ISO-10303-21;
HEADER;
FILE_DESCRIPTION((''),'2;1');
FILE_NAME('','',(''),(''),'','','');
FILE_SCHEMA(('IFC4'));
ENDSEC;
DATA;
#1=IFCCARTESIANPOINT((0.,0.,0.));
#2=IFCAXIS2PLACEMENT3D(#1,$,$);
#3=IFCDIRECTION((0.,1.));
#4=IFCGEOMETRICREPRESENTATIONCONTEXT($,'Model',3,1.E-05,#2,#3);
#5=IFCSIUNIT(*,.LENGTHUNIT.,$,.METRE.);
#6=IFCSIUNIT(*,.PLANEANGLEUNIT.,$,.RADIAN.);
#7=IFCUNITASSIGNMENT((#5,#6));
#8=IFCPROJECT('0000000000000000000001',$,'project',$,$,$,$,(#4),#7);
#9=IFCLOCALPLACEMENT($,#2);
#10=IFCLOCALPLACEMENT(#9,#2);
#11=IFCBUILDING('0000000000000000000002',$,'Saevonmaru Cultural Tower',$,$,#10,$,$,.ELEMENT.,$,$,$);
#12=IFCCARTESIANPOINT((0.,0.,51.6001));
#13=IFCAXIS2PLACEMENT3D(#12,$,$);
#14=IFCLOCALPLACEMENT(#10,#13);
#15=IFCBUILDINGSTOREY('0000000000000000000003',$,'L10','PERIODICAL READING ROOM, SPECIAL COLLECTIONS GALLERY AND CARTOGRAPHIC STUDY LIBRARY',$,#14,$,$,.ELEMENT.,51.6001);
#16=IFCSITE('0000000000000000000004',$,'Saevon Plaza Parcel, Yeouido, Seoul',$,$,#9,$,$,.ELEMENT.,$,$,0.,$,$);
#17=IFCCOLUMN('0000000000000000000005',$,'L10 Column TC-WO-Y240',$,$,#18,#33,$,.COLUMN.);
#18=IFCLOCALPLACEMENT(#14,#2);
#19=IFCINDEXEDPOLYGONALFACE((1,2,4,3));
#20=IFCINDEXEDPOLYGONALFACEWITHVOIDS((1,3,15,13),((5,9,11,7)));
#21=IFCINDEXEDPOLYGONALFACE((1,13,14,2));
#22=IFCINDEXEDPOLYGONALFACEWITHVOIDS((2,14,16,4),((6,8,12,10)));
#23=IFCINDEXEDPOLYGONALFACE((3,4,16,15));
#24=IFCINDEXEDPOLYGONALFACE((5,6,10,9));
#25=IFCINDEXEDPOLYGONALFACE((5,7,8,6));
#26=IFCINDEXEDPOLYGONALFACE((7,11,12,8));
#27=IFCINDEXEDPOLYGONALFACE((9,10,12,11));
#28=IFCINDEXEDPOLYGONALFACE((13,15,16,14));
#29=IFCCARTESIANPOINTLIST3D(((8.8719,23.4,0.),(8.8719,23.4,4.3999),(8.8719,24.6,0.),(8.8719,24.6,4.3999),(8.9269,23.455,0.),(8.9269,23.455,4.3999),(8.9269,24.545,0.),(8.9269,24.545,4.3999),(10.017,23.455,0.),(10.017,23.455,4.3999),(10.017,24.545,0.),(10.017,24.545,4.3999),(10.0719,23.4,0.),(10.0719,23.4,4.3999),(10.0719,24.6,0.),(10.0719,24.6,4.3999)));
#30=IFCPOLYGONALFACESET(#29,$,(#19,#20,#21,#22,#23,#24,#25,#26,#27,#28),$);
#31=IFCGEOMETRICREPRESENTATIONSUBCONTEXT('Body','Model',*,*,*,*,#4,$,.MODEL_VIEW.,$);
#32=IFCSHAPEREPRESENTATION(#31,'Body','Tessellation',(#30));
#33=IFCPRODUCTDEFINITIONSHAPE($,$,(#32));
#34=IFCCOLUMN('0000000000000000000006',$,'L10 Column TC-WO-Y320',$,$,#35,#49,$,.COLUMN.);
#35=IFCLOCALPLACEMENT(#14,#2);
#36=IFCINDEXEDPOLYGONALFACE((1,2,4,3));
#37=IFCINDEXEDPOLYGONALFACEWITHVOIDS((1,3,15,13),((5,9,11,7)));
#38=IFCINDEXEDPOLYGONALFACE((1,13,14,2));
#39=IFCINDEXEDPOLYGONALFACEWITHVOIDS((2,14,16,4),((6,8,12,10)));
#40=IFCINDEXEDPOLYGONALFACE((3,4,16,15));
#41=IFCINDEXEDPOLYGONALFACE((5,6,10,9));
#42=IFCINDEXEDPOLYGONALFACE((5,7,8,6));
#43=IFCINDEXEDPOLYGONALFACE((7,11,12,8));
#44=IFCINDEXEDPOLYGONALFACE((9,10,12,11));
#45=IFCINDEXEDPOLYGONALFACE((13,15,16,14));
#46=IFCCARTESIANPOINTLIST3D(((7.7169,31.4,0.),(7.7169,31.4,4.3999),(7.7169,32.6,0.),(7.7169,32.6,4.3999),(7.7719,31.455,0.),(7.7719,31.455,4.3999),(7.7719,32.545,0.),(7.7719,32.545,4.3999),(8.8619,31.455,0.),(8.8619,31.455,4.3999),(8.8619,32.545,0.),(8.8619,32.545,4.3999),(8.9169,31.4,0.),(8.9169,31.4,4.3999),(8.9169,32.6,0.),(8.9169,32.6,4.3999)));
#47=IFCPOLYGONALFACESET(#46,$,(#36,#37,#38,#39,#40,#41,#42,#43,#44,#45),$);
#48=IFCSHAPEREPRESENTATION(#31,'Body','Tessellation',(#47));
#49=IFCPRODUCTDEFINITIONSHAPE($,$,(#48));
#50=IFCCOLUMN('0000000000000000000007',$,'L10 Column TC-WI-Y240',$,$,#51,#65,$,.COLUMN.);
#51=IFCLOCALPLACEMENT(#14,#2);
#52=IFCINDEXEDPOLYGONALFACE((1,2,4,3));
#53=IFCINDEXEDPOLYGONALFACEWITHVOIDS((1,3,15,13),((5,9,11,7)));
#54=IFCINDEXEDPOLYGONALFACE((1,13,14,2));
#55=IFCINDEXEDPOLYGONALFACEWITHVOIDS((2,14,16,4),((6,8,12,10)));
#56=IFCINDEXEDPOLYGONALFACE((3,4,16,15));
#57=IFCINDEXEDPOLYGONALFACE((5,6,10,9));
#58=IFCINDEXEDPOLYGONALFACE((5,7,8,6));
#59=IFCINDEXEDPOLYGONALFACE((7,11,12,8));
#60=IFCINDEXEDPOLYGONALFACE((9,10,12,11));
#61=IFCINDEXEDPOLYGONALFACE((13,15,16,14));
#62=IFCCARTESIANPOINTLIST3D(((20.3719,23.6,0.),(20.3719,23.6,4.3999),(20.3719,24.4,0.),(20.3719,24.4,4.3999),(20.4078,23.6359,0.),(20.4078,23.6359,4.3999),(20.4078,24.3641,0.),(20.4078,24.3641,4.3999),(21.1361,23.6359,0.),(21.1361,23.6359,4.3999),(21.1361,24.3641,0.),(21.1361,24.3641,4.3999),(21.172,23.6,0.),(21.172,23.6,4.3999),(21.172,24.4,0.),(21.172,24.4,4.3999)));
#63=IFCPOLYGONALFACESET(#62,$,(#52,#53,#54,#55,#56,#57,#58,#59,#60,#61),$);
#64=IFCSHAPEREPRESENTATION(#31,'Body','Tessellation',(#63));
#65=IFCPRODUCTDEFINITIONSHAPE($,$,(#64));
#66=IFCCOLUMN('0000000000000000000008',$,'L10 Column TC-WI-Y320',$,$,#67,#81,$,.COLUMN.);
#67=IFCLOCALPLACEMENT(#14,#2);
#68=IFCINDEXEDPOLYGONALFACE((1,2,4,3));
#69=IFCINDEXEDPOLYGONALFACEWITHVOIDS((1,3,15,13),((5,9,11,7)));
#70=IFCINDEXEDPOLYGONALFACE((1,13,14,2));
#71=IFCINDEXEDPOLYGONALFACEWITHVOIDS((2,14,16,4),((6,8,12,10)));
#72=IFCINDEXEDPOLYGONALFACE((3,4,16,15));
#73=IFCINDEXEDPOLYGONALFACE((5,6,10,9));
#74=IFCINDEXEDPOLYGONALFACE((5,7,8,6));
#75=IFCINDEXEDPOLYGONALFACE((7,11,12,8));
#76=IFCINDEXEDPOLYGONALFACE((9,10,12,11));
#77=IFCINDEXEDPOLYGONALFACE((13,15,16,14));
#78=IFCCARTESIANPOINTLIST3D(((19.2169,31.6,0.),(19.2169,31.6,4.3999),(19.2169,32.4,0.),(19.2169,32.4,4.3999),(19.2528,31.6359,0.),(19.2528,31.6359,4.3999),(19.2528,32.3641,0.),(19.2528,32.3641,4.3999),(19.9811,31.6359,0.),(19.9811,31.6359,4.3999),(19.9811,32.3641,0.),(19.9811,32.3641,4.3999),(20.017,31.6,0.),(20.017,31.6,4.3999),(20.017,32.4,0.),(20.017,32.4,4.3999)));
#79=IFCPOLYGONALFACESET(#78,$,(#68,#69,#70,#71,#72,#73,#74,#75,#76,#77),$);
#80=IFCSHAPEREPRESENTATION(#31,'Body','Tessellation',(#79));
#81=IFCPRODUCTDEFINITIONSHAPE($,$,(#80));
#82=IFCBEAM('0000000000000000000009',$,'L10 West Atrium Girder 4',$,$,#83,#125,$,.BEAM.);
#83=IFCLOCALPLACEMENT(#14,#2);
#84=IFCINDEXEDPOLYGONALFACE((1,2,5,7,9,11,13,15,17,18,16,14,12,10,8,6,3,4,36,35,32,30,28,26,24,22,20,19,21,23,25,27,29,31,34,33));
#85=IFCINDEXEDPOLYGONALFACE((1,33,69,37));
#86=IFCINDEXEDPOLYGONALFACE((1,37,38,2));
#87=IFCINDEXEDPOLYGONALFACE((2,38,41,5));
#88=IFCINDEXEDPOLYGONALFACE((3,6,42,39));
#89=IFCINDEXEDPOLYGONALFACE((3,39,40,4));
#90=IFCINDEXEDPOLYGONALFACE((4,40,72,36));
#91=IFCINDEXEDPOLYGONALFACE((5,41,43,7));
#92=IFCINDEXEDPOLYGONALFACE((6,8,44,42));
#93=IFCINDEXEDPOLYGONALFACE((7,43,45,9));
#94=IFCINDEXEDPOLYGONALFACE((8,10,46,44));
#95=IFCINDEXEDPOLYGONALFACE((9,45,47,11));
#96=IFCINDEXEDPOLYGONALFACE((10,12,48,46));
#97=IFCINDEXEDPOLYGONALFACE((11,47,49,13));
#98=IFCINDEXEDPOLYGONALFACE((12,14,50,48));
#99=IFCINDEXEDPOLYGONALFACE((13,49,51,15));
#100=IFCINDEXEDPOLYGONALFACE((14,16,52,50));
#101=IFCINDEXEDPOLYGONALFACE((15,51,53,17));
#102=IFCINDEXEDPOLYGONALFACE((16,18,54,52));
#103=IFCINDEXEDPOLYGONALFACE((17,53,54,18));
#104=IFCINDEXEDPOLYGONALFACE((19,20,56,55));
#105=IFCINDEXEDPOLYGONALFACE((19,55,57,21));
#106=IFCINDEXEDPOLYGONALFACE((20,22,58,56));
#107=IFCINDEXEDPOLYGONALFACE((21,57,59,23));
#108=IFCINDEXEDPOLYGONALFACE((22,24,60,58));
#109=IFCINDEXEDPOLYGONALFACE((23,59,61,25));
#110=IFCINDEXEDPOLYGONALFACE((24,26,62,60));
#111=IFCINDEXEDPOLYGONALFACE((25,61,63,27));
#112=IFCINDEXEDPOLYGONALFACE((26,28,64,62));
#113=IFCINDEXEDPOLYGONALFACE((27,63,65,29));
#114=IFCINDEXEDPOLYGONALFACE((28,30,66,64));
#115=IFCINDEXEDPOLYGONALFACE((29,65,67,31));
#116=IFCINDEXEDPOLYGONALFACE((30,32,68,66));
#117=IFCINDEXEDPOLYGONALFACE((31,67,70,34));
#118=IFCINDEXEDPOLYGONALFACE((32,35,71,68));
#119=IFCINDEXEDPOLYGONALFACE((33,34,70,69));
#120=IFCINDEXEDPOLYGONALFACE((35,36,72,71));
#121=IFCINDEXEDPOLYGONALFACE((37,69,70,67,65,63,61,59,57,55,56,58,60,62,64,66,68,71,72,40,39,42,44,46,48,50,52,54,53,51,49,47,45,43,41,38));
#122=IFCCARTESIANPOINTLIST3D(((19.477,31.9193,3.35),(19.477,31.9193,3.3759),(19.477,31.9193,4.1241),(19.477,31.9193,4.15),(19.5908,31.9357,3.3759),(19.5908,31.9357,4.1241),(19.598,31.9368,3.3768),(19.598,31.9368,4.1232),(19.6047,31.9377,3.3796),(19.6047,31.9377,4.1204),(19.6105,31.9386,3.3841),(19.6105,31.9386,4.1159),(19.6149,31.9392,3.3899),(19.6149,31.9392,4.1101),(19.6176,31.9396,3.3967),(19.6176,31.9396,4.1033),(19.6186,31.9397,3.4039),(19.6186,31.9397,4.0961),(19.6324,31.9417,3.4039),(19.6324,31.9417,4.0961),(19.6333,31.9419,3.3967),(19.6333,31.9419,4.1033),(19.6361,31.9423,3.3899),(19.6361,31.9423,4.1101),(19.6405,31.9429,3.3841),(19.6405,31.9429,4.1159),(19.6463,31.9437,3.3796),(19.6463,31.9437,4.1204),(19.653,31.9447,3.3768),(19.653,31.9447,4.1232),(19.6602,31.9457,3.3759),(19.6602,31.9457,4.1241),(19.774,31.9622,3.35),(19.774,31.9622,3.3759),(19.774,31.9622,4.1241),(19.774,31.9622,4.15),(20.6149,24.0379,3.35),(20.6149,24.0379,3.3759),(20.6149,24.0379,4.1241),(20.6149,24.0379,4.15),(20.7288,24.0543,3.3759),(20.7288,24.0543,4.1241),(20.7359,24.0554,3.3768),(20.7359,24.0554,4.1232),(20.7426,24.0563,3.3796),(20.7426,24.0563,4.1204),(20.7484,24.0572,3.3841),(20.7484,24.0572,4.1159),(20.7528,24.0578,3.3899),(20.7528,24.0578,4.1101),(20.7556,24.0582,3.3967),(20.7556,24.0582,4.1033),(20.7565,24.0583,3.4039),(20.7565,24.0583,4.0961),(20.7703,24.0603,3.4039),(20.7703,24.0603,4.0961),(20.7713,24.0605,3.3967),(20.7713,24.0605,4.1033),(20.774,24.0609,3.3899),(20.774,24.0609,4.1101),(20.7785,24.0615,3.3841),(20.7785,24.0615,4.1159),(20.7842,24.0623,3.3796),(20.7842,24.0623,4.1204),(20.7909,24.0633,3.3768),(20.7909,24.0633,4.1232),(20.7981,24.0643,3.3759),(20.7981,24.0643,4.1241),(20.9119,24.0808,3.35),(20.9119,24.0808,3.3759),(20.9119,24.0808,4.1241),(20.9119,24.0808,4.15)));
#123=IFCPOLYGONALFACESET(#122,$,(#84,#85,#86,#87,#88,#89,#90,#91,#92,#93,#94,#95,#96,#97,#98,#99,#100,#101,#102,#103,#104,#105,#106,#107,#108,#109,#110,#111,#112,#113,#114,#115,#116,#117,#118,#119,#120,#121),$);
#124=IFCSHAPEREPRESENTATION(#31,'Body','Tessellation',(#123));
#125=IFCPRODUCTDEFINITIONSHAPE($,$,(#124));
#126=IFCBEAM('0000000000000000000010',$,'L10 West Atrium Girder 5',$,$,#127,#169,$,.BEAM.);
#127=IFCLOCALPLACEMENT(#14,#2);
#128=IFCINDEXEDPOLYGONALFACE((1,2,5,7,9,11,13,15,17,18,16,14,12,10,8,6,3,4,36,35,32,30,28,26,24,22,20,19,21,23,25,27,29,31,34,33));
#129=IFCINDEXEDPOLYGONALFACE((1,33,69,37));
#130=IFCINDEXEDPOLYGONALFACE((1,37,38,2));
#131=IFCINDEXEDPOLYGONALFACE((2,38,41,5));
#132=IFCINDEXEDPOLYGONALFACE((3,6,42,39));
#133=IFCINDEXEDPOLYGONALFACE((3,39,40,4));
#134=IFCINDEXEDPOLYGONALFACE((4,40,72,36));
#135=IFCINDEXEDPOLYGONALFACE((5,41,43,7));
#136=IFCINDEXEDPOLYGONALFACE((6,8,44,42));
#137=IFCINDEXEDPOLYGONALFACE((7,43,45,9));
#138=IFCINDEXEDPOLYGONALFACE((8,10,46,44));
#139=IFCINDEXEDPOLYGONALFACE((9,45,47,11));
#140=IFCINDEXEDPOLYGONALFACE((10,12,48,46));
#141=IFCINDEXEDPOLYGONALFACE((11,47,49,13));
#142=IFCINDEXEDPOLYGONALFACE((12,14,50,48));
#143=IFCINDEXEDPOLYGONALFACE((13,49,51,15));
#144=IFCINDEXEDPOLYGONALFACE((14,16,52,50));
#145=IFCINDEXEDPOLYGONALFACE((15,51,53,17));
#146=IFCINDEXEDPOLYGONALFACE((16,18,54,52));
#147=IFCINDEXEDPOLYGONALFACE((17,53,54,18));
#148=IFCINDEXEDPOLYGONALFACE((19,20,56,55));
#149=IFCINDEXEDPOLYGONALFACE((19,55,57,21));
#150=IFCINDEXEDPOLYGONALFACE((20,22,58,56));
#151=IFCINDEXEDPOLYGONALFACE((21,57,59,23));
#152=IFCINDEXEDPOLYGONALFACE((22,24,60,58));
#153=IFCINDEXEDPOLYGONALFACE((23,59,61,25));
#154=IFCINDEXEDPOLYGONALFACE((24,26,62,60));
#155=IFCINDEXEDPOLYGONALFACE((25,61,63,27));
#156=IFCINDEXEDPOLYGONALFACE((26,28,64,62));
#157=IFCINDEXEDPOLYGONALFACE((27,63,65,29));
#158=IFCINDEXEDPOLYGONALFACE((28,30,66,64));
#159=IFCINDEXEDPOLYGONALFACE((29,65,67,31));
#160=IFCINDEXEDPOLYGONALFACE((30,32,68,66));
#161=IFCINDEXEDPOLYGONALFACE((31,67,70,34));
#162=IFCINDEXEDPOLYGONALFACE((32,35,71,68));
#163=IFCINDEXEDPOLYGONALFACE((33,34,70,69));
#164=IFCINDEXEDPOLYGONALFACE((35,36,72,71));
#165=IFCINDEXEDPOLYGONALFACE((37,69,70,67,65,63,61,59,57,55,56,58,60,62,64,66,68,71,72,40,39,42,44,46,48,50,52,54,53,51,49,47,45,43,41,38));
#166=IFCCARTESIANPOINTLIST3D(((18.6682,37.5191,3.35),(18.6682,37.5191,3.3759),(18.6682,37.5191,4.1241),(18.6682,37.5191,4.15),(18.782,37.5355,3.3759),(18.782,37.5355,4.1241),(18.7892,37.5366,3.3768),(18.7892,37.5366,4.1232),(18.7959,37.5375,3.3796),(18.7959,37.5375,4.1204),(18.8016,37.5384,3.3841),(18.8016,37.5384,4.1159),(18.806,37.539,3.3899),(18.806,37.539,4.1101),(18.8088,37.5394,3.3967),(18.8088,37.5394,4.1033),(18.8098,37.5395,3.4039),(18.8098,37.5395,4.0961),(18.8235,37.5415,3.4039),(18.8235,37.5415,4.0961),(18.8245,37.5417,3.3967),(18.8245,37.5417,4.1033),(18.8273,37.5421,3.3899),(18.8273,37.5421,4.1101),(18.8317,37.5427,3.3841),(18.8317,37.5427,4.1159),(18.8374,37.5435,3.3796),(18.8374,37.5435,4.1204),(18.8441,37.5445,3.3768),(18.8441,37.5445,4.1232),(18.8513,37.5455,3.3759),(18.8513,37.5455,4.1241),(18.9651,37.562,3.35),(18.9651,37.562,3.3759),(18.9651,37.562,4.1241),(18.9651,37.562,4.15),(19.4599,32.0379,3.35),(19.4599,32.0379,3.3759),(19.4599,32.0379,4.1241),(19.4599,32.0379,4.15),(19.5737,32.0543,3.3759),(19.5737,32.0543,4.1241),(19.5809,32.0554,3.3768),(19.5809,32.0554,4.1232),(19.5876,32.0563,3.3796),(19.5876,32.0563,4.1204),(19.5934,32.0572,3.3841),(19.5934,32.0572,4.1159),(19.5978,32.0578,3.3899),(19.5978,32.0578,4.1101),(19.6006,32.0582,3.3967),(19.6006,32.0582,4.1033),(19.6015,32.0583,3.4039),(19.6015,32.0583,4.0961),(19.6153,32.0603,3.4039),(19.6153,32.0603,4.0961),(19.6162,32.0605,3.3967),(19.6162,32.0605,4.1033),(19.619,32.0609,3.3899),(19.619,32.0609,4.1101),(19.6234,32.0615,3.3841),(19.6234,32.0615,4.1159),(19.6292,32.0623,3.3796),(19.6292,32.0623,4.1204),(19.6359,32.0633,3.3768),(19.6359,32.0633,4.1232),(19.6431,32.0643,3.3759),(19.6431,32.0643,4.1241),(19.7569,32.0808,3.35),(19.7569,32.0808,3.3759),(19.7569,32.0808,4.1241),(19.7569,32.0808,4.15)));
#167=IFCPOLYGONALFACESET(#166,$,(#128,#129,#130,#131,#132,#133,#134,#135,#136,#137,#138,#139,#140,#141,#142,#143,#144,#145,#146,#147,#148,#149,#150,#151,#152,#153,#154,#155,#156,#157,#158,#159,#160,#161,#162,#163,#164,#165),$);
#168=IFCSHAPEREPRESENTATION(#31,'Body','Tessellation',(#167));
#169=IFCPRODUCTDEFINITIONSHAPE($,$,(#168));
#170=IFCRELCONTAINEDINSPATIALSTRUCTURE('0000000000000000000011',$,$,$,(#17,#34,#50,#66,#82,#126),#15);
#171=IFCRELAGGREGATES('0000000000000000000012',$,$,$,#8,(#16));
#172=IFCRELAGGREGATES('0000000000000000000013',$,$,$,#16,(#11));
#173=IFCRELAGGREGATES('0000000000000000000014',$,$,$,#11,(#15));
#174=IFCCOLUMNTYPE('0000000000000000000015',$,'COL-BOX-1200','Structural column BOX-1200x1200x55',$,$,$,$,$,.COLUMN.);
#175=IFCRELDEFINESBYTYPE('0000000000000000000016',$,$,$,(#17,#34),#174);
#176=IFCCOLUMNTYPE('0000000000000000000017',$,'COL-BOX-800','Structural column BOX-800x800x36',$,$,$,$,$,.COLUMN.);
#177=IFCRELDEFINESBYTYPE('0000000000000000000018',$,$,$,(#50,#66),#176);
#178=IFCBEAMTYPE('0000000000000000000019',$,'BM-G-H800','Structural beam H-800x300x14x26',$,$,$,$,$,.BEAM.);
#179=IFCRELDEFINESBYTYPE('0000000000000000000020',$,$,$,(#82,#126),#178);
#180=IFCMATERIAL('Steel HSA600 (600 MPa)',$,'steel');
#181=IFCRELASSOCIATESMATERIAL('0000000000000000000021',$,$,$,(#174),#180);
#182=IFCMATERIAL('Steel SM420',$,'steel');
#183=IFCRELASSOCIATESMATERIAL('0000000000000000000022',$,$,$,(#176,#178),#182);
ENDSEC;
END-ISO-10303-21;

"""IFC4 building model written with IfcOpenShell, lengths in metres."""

from ifc_helpers import new_model, si_unit, direction, frame, origin, origin_2d, place, context, subcontext, project, spatial, hollow_rectangle, i_section, extrude, material, material_profile, profile_set, type_object, element, save


model = new_model("IFC4")

# Units and contexts
model_context = context("Model", 3, precision=1e-05, world=origin(), true_north=direction((0.0, 1.0)))
body_context = subcontext(model_context, "Body", "Model", "MODEL_VIEW")
ifc_project = project(units=[si_unit("LENGTHUNIT", "METRE"), si_unit("PLANEANGLEUNIT", "RADIAN")], contexts=[model_context])

# Site, building, storey
site_placement = place(None, origin())
site = spatial("IfcSite", under=ifc_project, at=site_placement, Name="Saevon Plaza Parcel, Yeouido, Seoul", CompositionType="ELEMENT", RefElevation=0.0)
building_placement = place(site_placement, origin())
building = spatial("IfcBuilding", under=site, at=building_placement, Name="Saevonmaru Cultural Tower", CompositionType="ELEMENT")
storey_placement = place(building_placement, frame((0.0, 0.0, 51.6001)))
storey = spatial("IfcBuildingStorey", under=building, at=storey_placement, Name="L10", Description="PERIODICAL READING ROOM, SPECIAL COLLECTIONS GALLERY AND CARTOGRAPHIC STUDY LIBRARY", CompositionType="ELEMENT", Elevation=51.6001)

# Columns
ifc_material_1 = material(Name="Steel HSA600 (600 MPa)", Category="steel")
ifc_material_profile_1 = material_profile(ifc_material_1, hollow_rectangle(XDim=1.2, YDim=1.2, WallThickness=0.0549, at=origin_2d()), Name="BOX-1200x1200x55")
ifc_profile_set_1 = profile_set([ifc_material_profile_1], Name="Steel HSA600 (600 MPa)")
column_type_1 = type_object("IfcColumnType", Name="COL-BOX-1200", Description="Structural column BOX-1200x1200x55", PredefinedType="COLUMN", material=ifc_profile_set_1)
for number, where, z_axis, x_axis, name in (
    (1, (9.4719, 24.0, 0.0), (0.0, 0.0, 1.0), (1.0, 0.0, 0.0), "L10 Column TC-WO-Y240"),
    (2, (8.3169, 32.0, 0.0), (0.0, 0.0, 1.0), (1.0, 0.0, 0.0), "L10 Column TC-WO-Y320"),
):
    element("IfcColumn", number, at=place(storey_placement, frame(where, z_axis=z_axis, x_axis=x_axis)), inside=storey, type_object=column_type_1, Name=name, PredefinedType="COLUMN", context=body_context, shape_type="SweptSolid", body=[
        extrude(hollow_rectangle(XDim=1.2, YDim=1.2, WallThickness=0.0549, at=origin_2d()), origin(), (0.0, 0.0, 1.0), 4.3999),
    ])
ifc_material_2 = material(Name="Steel SM420", Category="steel")
ifc_material_profile_2 = material_profile(ifc_material_2, hollow_rectangle(XDim=0.8, YDim=0.8, WallThickness=0.0359, at=origin_2d()), Name="BOX-800x800x36")
ifc_profile_set_2 = profile_set([ifc_material_profile_2], Name="Steel SM420")
column_type_2 = type_object("IfcColumnType", Name="COL-BOX-800", Description="Structural column BOX-800x800x36", PredefinedType="COLUMN", material=ifc_profile_set_2)
for number, where, z_axis, x_axis, name in (
    (3, (20.772, 24.0, 0.0), (0.0, 0.0, 1.0), (1.0, 0.0, 0.0), "L10 Column TC-WI-Y240"),
    (4, (19.6169, 32.0, 0.0), (0.0, 0.0, 1.0), (1.0, 0.0, 0.0), "L10 Column TC-WI-Y320"),
):
    element("IfcColumn", number, at=place(storey_placement, frame(where, z_axis=z_axis, x_axis=x_axis)), inside=storey, type_object=column_type_2, Name=name, PredefinedType="COLUMN", context=body_context, shape_type="SweptSolid", body=[
        extrude(hollow_rectangle(XDim=0.8, YDim=0.8, WallThickness=0.0359, at=origin_2d()), origin(), (0.0, 0.0, 1.0), 4.3999),
    ])

# Beams
ifc_material_profile_3 = material_profile(ifc_material_2, i_section(OverallWidth=0.3, OverallDepth=0.8, WebThickness=0.0139, FlangeThickness=0.0259, FilletRadius=0.0281, at=origin_2d()), Name="H-800x300x14x26")
ifc_profile_set_3 = profile_set([ifc_material_profile_3], Name="Steel SM420")
beam_type_1 = type_object("IfcBeamType", Name="BM-G-H800", Description="Structural beam H-800x300x14x26", PredefinedType="BEAM", material=ifc_profile_set_3)
beam_1_placement = place(storey_placement, frame((20.7634, 24.0593, 3.75), z_axis=(-0.142902, 0.989737, 0.0), x_axis=(-0.989737, -0.142902, 0.0)))
element("IfcBeam", 5, at=beam_1_placement, inside=storey, type_object=beam_type_1, Name="L10 West Atrium Girder 4", PredefinedType="BEAM", context=body_context, shape_type="SweptSolid", body=[
    extrude(i_section(OverallWidth=0.3, OverallDepth=0.8, WebThickness=0.0139, FlangeThickness=0.0259, FilletRadius=0.0281, at=origin_2d()), origin(), (0.0, 0.0, 1.0), 7.9631),
])
beam_2_placement = place(storey_placement, frame((19.6084, 32.0593, 3.75), z_axis=(-0.142964, 0.989728, 0.0), x_axis=(-0.989728, -0.142964, 0.0)))
element("IfcBeam", 6, at=beam_2_placement, inside=storey, type_object=beam_type_1, Name="L10 West Atrium Girder 5", PredefinedType="BEAM", context=body_context, shape_type="SweptSolid", body=[
    extrude(i_section(OverallWidth=0.3, OverallDepth=0.8, WebThickness=0.0139, FlangeThickness=0.0259, FilletRadius=0.0281, at=origin_2d()), origin(), (0.0, 0.0, 1.0), 5.5381),
])

save(model, "model.ifc")
